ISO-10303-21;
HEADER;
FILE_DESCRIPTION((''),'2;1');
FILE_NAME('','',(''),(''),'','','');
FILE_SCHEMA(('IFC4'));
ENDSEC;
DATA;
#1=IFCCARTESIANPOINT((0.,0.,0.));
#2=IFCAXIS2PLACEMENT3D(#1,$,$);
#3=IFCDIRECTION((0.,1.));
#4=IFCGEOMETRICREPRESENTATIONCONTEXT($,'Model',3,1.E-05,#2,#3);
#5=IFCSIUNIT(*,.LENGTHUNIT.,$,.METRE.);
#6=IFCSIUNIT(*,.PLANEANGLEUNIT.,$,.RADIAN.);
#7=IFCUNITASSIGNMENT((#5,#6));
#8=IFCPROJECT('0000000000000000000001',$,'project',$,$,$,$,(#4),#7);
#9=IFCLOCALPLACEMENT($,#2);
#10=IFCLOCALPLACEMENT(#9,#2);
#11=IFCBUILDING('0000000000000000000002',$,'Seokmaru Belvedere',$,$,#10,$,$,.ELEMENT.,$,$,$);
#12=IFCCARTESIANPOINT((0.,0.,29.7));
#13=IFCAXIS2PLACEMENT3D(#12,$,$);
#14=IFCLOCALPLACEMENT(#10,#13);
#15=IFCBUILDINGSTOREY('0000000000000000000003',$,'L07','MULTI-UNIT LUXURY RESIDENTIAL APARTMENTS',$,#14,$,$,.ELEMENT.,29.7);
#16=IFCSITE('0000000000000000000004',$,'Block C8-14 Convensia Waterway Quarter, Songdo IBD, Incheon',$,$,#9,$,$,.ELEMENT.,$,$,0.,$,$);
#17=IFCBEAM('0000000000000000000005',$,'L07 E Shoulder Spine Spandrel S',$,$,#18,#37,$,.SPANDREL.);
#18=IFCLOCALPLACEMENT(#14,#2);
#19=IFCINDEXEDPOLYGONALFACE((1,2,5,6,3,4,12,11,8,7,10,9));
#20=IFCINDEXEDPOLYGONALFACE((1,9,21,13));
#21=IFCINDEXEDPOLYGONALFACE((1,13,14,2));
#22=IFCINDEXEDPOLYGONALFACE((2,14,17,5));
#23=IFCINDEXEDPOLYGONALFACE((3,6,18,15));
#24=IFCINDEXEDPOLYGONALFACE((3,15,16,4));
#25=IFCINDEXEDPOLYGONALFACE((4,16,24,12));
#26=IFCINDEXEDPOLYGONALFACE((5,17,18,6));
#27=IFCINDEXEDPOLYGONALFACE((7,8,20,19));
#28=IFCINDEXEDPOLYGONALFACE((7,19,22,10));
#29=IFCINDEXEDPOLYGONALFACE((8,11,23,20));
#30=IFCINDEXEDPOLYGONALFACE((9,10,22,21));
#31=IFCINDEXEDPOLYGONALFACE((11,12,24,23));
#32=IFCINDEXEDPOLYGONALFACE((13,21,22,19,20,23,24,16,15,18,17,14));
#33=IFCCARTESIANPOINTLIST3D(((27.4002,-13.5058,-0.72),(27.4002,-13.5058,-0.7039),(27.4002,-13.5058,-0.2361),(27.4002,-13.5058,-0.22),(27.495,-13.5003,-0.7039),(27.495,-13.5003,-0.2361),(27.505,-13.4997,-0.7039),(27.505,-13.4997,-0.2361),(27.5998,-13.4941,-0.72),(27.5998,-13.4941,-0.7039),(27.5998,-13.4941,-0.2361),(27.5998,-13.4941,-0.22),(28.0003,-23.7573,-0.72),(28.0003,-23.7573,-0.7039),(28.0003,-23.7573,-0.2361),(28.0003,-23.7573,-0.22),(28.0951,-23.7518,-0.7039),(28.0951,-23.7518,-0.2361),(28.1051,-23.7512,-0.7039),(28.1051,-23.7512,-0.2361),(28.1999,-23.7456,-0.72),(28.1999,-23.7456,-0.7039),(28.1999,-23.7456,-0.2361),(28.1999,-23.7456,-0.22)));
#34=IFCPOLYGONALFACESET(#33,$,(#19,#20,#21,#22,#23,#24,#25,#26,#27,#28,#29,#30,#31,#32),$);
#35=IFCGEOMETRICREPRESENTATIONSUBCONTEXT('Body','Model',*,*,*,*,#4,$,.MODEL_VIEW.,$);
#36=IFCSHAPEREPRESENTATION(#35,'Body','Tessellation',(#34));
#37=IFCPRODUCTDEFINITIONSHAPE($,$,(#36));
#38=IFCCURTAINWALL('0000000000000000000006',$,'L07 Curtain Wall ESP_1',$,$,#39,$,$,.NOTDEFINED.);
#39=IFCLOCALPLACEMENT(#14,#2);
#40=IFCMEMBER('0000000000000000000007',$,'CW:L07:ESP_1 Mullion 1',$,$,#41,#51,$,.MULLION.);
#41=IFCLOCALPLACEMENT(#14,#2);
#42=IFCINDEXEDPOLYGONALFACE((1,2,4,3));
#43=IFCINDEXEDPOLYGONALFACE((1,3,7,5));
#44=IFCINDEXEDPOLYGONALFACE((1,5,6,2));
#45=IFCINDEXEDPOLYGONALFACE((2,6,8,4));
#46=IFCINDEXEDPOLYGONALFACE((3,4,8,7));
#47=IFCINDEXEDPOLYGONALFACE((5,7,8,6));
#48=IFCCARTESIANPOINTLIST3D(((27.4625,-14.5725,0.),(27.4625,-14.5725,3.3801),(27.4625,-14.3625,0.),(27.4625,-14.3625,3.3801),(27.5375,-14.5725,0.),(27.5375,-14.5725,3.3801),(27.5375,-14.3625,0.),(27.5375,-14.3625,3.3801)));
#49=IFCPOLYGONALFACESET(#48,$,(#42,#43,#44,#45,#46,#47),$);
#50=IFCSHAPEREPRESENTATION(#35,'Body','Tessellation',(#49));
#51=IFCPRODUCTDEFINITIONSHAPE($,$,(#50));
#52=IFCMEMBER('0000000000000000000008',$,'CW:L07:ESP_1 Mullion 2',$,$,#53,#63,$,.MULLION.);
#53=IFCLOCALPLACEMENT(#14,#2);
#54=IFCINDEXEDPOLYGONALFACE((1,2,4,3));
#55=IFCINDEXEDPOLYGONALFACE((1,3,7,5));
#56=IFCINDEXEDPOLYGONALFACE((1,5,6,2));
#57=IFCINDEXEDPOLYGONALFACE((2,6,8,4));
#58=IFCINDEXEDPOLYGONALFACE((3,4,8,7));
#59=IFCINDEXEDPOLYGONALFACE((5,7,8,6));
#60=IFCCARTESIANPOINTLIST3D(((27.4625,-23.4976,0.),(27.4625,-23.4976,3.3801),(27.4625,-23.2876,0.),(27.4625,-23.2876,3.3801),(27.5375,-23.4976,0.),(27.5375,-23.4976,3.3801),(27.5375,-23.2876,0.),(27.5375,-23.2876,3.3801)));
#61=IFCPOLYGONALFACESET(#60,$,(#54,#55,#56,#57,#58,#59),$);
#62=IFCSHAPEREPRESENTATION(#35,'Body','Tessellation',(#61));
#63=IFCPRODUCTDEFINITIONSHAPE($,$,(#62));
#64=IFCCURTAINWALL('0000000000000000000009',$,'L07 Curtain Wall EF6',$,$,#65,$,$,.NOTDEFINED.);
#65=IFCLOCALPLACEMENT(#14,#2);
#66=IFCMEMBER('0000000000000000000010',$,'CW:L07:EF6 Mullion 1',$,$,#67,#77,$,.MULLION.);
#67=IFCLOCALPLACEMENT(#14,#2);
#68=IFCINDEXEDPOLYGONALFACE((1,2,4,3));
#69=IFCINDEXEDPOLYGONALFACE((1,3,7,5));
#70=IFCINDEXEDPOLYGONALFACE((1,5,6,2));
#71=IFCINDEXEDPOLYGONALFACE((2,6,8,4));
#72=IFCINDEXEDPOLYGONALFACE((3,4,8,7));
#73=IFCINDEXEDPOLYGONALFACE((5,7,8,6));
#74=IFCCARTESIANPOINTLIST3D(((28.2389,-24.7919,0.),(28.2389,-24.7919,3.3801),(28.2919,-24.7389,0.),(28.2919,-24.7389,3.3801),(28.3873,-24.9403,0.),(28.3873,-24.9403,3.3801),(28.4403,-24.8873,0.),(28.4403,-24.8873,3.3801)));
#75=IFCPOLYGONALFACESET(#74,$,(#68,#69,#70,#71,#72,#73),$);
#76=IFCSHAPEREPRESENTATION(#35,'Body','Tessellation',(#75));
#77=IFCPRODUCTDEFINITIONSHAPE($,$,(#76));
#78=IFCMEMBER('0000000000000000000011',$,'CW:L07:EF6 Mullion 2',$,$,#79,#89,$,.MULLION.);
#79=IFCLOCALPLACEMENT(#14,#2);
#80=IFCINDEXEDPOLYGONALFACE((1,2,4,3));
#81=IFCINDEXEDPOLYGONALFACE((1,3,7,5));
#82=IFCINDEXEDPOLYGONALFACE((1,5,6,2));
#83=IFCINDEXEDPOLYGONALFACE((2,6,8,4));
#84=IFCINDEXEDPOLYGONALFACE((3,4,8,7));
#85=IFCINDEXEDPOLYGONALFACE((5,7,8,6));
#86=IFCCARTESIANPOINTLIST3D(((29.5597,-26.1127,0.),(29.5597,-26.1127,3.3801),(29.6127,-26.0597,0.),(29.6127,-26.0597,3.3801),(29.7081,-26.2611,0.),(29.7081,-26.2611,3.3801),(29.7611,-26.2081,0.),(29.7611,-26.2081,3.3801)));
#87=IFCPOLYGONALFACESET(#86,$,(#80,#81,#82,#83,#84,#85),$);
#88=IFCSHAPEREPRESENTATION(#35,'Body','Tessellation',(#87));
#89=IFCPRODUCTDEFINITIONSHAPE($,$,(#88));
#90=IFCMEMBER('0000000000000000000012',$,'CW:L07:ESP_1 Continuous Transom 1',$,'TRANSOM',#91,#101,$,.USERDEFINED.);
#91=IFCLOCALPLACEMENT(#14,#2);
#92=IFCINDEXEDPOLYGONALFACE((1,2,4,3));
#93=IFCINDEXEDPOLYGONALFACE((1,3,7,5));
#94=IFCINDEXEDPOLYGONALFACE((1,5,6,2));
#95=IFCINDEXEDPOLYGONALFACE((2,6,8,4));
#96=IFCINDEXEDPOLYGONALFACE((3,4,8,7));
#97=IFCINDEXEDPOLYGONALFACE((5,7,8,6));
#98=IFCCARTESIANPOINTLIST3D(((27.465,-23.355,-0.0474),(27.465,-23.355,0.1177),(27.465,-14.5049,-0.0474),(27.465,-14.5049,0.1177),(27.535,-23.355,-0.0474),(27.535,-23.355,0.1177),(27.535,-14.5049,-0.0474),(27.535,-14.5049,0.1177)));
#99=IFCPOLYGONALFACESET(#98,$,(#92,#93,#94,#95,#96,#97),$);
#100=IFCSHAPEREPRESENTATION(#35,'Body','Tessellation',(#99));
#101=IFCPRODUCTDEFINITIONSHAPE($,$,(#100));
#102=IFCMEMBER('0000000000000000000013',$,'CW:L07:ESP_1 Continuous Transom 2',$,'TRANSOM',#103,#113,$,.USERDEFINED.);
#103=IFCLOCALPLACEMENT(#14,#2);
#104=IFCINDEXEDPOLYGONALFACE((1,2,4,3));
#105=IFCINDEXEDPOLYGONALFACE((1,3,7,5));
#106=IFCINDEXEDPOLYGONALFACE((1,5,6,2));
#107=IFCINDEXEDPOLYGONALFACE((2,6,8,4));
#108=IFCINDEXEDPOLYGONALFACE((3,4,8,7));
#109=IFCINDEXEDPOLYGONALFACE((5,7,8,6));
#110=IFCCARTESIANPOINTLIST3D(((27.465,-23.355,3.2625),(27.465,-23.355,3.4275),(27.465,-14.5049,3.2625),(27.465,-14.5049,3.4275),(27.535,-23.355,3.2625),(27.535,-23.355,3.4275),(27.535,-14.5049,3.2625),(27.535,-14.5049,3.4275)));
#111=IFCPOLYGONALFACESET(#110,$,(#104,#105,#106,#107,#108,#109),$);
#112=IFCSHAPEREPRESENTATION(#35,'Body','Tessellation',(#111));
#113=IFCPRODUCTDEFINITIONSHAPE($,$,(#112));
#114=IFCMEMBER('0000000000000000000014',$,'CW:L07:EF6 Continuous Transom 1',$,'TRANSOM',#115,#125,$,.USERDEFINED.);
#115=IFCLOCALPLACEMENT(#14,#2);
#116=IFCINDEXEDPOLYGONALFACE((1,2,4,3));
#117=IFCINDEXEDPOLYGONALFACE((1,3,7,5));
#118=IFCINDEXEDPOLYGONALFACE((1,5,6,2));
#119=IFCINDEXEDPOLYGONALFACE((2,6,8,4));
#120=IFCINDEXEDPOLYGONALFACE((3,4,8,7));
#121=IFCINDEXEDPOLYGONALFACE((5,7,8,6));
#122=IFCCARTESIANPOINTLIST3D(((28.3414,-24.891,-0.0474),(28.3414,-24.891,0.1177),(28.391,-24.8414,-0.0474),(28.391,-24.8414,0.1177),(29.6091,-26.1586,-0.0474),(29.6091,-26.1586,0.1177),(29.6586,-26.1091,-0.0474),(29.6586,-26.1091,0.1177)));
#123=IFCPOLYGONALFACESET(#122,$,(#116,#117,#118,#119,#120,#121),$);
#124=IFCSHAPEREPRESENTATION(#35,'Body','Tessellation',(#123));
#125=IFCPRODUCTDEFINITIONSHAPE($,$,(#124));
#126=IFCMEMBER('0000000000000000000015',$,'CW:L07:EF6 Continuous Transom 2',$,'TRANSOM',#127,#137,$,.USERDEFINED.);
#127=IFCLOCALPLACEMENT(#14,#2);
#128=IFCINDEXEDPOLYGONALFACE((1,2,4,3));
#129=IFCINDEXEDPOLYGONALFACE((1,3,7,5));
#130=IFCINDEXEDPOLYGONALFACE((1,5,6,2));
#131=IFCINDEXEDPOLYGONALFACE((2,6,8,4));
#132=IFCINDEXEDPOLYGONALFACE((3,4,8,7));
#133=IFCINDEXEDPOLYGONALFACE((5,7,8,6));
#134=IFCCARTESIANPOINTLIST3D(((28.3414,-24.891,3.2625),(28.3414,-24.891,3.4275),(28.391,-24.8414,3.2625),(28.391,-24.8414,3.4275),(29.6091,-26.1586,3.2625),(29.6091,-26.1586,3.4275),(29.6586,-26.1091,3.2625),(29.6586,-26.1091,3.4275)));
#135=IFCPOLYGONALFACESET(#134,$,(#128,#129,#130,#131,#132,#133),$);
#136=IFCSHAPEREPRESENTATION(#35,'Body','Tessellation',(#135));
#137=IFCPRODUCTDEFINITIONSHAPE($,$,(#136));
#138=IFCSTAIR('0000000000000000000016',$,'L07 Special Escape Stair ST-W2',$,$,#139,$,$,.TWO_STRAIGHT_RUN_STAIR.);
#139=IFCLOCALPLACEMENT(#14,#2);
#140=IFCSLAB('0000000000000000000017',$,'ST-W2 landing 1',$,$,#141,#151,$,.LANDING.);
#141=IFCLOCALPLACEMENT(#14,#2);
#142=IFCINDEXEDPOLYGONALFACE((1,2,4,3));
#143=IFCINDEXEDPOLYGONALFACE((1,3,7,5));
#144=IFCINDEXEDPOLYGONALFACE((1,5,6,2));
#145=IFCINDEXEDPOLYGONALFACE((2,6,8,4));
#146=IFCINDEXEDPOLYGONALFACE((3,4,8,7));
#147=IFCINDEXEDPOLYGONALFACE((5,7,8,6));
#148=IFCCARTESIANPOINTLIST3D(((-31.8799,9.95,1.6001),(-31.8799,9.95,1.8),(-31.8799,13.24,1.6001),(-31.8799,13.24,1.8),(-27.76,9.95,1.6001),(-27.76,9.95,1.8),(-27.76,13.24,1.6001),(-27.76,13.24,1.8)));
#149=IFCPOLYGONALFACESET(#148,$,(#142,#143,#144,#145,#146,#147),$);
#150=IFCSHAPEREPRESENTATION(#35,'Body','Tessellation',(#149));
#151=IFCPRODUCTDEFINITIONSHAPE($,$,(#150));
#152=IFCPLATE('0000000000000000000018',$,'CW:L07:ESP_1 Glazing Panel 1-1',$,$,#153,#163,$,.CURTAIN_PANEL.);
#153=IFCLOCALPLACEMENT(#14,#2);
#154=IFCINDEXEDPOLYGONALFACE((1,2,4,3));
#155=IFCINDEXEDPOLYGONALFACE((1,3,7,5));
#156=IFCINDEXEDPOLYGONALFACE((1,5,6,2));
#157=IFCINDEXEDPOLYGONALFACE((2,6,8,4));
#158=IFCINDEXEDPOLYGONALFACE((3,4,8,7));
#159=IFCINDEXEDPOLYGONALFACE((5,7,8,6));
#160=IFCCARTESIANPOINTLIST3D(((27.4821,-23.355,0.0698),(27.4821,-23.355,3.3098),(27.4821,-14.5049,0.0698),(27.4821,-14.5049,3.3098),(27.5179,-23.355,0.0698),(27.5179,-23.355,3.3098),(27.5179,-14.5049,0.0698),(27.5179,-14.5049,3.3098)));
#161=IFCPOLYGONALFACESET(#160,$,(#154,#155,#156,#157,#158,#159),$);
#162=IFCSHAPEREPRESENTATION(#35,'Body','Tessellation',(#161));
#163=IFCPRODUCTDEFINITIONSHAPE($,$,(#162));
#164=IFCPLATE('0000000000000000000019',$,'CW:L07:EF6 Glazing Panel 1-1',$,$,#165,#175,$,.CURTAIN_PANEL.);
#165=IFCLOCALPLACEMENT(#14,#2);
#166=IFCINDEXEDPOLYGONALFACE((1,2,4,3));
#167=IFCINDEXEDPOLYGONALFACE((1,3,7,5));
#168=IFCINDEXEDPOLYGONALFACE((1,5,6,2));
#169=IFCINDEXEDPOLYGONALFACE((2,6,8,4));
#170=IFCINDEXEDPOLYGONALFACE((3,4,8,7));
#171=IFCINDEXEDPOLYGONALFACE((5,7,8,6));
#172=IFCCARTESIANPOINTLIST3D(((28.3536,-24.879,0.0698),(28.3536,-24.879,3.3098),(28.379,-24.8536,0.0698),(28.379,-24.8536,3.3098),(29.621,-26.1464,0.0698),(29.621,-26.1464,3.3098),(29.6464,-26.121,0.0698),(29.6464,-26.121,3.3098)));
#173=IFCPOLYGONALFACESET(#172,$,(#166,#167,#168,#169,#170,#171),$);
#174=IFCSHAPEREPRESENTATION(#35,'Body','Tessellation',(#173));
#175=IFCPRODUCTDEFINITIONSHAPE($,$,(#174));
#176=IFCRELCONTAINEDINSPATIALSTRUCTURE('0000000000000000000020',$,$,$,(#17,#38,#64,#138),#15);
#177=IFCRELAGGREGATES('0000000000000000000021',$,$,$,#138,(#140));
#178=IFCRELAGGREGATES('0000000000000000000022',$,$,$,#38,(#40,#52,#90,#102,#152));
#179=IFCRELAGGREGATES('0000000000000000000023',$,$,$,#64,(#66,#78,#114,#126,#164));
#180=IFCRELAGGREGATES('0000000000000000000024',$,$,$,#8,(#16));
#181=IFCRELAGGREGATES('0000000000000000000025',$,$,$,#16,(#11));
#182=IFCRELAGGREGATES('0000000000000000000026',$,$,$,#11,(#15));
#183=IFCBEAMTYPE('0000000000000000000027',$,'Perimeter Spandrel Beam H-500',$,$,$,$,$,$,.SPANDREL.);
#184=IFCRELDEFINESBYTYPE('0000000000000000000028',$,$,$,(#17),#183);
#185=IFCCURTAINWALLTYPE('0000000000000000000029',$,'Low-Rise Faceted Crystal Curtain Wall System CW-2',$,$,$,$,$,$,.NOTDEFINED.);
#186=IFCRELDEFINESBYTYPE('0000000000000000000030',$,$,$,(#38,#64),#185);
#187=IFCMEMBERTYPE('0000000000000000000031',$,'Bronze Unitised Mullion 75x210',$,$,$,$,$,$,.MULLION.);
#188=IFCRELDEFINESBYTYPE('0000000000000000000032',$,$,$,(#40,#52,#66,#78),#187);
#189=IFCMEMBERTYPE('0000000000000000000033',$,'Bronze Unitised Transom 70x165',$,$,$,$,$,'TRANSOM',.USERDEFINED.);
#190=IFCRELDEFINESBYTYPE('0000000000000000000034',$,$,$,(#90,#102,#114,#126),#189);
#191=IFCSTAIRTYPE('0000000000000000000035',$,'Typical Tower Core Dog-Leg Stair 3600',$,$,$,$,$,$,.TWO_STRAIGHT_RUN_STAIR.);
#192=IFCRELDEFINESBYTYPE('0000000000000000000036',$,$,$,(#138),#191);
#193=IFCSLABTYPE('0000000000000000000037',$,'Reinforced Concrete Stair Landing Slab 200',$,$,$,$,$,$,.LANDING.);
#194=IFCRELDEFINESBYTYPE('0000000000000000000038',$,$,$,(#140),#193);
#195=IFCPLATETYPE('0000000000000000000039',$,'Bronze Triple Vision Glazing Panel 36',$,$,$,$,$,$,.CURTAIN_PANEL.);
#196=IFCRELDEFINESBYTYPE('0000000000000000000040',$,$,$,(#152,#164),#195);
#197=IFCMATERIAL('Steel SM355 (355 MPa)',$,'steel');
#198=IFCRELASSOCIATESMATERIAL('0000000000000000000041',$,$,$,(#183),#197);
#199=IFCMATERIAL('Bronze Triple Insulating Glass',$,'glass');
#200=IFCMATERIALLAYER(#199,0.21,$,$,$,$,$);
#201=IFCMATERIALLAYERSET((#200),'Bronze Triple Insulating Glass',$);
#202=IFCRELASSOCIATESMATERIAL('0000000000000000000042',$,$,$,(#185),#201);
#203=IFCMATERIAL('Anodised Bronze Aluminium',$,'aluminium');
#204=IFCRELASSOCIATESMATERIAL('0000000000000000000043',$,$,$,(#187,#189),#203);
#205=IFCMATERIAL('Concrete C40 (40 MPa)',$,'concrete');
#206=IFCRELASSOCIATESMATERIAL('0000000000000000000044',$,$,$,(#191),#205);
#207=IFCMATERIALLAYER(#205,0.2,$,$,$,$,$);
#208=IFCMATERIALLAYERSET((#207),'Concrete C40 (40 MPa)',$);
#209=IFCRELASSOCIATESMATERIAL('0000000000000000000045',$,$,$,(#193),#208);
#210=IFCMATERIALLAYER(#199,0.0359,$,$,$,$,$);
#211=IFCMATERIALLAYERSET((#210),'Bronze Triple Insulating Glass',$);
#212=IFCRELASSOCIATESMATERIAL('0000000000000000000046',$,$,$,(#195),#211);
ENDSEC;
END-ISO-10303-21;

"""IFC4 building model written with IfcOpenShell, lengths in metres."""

from ifc_helpers import new_model, si_unit, direction, frame, origin, origin_2d, place, context, subcontext, project, spatial, polyline, rectangle, i_section, outline, extrude, source, transform, mapped, material, layer, layer_set, material_profile, profile_set, type_object, type_shapes, element, aggregate, save


model = new_model("IFC4")

# Units and contexts
model_context = context("Model", 3, precision=1e-05, world=origin(), true_north=direction((0.0, 1.0)))
body_context = subcontext(model_context, "Body", "Model", "MODEL_VIEW")
ifc_project = project(units=[si_unit("LENGTHUNIT", "METRE"), si_unit("PLANEANGLEUNIT", "RADIAN")], contexts=[model_context])

# Site, building, storey
site_placement = place(None, origin())
site = spatial("IfcSite", under=ifc_project, at=site_placement, Name="Block C8-14 Convensia Waterway Quarter, Songdo IBD, Incheon", CompositionType="ELEMENT", RefElevation=0.0)
building_placement = place(site_placement, origin())
building = spatial("IfcBuilding", under=site, at=building_placement, Name="Seokmaru Belvedere", CompositionType="ELEMENT")
storey_placement = place(building_placement, frame((0.0, 0.0, 29.7)))
storey = spatial("IfcBuildingStorey", under=building, at=storey_placement, Name="L07", Description="MULTI-UNIT LUXURY RESIDENTIAL APARTMENTS", CompositionType="ELEMENT", Elevation=29.7)

# Shared definitions
ifc_material_1 = material(Name="Steel SM355 (355 MPa)", Category="steel")

# Beam
ifc_material_profile_1 = material_profile(ifc_material_1, i_section(OverallWidth=0.2, OverallDepth=0.5, WebThickness=0.01, FlangeThickness=0.0161, at=origin_2d()), Name="H-500x200x10x16")
ifc_profile_set_1 = profile_set([ifc_material_profile_1], Name="Steel SM355 (355 MPa)")
beam_type_1 = type_object("IfcBeamType", Name="Perimeter Spandrel Beam H-500", PredefinedType="SPANDREL", material=ifc_profile_set_1)
shared_shape_1 = source(origin(), body_context, "Body", "SweptSolid", [
    extrude(i_section(OverallWidth=0.2, OverallDepth=0.5, WebThickness=0.01, FlangeThickness=0.0161, at=origin_2d()), origin(), (0.0, 0.0, 1.0), 10.269),
])
beam_1_placement = place(storey_placement, frame((28.1001, -23.7515, -0.47), z_axis=(-0.058438, 0.998291, 0.0), x_axis=(-0.998291, -0.058438, 0.0)))
element("IfcBeam", 1, at=beam_1_placement, inside=storey, type_object=beam_type_1, Name="L07 E Shoulder Spine Spandrel S", PredefinedType="SPANDREL", context=body_context, shape_type="MappedRepresentation", body=[
    mapped(shared_shape_1, transform((0.0, 0.0, 0.0), scale=1.0)),
])

# Curtain walls, members
ifc_material_2 = material(Name="Bronze Triple Insulating Glass", Category="glass")
ifc_layer_1 = layer(ifc_material_2, 0.21)
ifc_layer_set_1 = layer_set([ifc_layer_1], Name="Bronze Triple Insulating Glass")
curtain_wall_type = type_object("IfcCurtainWallType", Name="Low-Rise Faceted Crystal Curtain Wall System CW-2", PredefinedType="NOTDEFINED", material=ifc_layer_set_1)
curtain_wall_1_placement = place(storey_placement, origin())
curtain_wall_1 = element("IfcCurtainWall", 2, at=curtain_wall_1_placement, inside=storey, type_object=curtain_wall_type, Name="L07 Curtain Wall ESP_1", PredefinedType="NOTDEFINED")
ifc_material_3 = material(Name="Anodised Bronze Aluminium", Category="aluminium")
ifc_material_profile_2 = material_profile(ifc_material_3, rectangle(XDim=0.075, YDim=0.21, at=origin_2d()), Name="CW-M-75x210")
ifc_profile_set_2 = profile_set([ifc_material_profile_2], Name="Anodised Bronze Aluminium")
member_type_1 = type_object("IfcMemberType", Name="Bronze Unitised Mullion 75x210", PredefinedType="MULLION", material=ifc_profile_set_2)
shared_shape_2 = source(origin(), body_context, "Body", "SweptSolid", [
    extrude(rectangle(XDim=0.075, YDim=0.21, at=origin_2d()), origin(), (0.0, 0.0, 1.0), 3.3801),
])
type_shapes(member_type_1, [shared_shape_2])
member_1_placement = place(storey_placement, frame((27.5, -14.4675, 0.0), z_axis=(0.0, 0.0, 1.0), x_axis=(1.0, 0.0, 0.0)))
member_1 = element("IfcMember", 3, at=member_1_placement, type_object=member_type_1, Name="CW:L07:ESP_1 Mullion 1", PredefinedType="MULLION", context=body_context, shape_type="MappedRepresentation", body=[
    mapped(shared_shape_2, transform((0.0, 0.0, 0.0), scale=1.0)),
])
member_2_placement = place(storey_placement, frame((27.5, -23.3926, 0.0), z_axis=(0.0, 0.0, 1.0), x_axis=(1.0, 0.0, 0.0)))
member_2 = element("IfcMember", 4, at=member_2_placement, type_object=member_type_1, Name="CW:L07:ESP_1 Mullion 2", PredefinedType="MULLION", context=body_context, shape_type="MappedRepresentation", body=[
    mapped(shared_shape_2, transform((0.0, 0.0, 0.0), scale=1.0)),
])
curtain_wall_2_placement = place(storey_placement, origin())
curtain_wall_2 = element("IfcCurtainWall", 5, at=curtain_wall_2_placement, inside=storey, type_object=curtain_wall_type, Name="L07 Curtain Wall EF6", PredefinedType="NOTDEFINED")
member_3_placement = place(storey_placement, frame((28.3396, -24.8396, 0.0), z_axis=(0.0, 0.0, 1.0), x_axis=(0.707107, 0.707107, 0.0)))
member_3 = element("IfcMember", 6, at=member_3_placement, type_object=member_type_1, Name="CW:L07:EF6 Mullion 1", PredefinedType="MULLION", context=body_context, shape_type="MappedRepresentation", body=[
    mapped(shared_shape_2, transform((0.0, 0.0, 0.0), scale=1.0)),
])
member_4_placement = place(storey_placement, frame((29.6604, -26.1604, 0.0), z_axis=(0.0, 0.0, 1.0), x_axis=(0.707107, 0.707107, 0.0)))
member_4 = element("IfcMember", 7, at=member_4_placement, type_object=member_type_1, Name="CW:L07:EF6 Mullion 2", PredefinedType="MULLION", context=body_context, shape_type="MappedRepresentation", body=[
    mapped(shared_shape_2, transform((0.0, 0.0, 0.0), scale=1.0)),
])

# Members
ifc_material_profile_3 = material_profile(ifc_material_3, rectangle(XDim=0.0701, YDim=0.165, at=origin_2d()), Name="CW-T-70x165")
ifc_profile_set_3 = profile_set([ifc_material_profile_3], Name="Anodised Bronze Aluminium")
member_type_2 = type_object("IfcMemberType", Name="Bronze Unitised Transom 70x165", ElementType="TRANSOM", PredefinedType="USERDEFINED", material=ifc_profile_set_3)
shared_shape_3 = source(origin(), body_context, "Body", "SweptSolid", [
    extrude(rectangle(XDim=0.0701, YDim=0.165, at=origin_2d()), origin(), (0.0, 0.0, 1.0), 8.8501),
])
member_5_placement = place(storey_placement, frame((27.5, -14.5049, 0.0352), z_axis=(0.0, -1.0, 0.0), x_axis=(1.0, 0.0, 0.0)))
member_5 = element("IfcMember", 8, at=member_5_placement, type_object=member_type_2, Name="CW:L07:ESP_1 Continuous Transom 1", ObjectType="TRANSOM", PredefinedType="USERDEFINED", context=body_context, shape_type="MappedRepresentation", body=[
    mapped(shared_shape_3, transform((0.0, 0.0, 0.0), scale=1.0)),
])
member_6_placement = place(storey_placement, frame((27.5, -14.5049, 3.345), z_axis=(0.0, -1.0, 0.0), x_axis=(1.0, 0.0, 0.0)))
member_6 = element("IfcMember", 9, at=member_6_placement, type_object=member_type_2, Name="CW:L07:ESP_1 Continuous Transom 2", ObjectType="TRANSOM", PredefinedType="USERDEFINED", context=body_context, shape_type="MappedRepresentation", body=[
    mapped(shared_shape_3, transform((0.0, 0.0, 0.0), scale=1.0)),
])
shared_shape_4 = source(origin(), body_context, "Body", "SweptSolid", [
    extrude(rectangle(XDim=0.0701, YDim=0.165, at=origin_2d()), origin(), (0.0, 0.0, 1.0), 1.7927),
])
type_shapes(member_type_2, [shared_shape_3, shared_shape_4])
member_7_placement = place(storey_placement, frame((28.3662, -24.8662, 0.0352), z_axis=(0.707107, -0.707107, 0.0), x_axis=(0.707107, 0.707107, 0.0)))
member_7 = element("IfcMember", 10, at=member_7_placement, type_object=member_type_2, Name="CW:L07:EF6 Continuous Transom 1", ObjectType="TRANSOM", PredefinedType="USERDEFINED", context=body_context, shape_type="MappedRepresentation", body=[
    mapped(shared_shape_4, transform((0.0, 0.0, 0.0), scale=1.0)),
])
member_8_placement = place(storey_placement, frame((28.3662, -24.8662, 3.345), z_axis=(0.707107, -0.707107, 0.0), x_axis=(0.707107, 0.707107, 0.0)))
member_8 = element("IfcMember", 11, at=member_8_placement, type_object=member_type_2, Name="CW:L07:EF6 Continuous Transom 2", ObjectType="TRANSOM", PredefinedType="USERDEFINED", context=body_context, shape_type="MappedRepresentation", body=[
    mapped(shared_shape_4, transform((0.0, 0.0, 0.0), scale=1.0)),
])

# Stair, slab
ifc_material_4 = material(Name="Concrete C40 (40 MPa)", Category="concrete")
stair_type = type_object("IfcStairType", Name="Typical Tower Core Dog-Leg Stair 3600", PredefinedType="TWO_STRAIGHT_RUN_STAIR", material=ifc_material_4)
stair_placement = place(storey_placement, origin())
stair = element("IfcStair", 12, at=stair_placement, inside=storey, type_object=stair_type, Name="L07 Special Escape Stair ST-W2", PredefinedType="TWO_STRAIGHT_RUN_STAIR")
ifc_layer_2 = layer(ifc_material_4, 0.2)
ifc_layer_set_2 = layer_set([ifc_layer_2], Name="Concrete C40 (40 MPa)")
slab_type = type_object("IfcSlabType", Name="Reinforced Concrete Stair Landing Slab 200", PredefinedType="LANDING", material=ifc_layer_set_2)
slab_placement = place(storey_placement, frame((0.0, 0.0, 1.6001)))
slab = element("IfcSlab", 13, at=slab_placement, type_object=slab_type, Name="ST-W2 landing 1", PredefinedType="LANDING", context=body_context, shape_type="SweptSolid", body=[
    extrude(outline(polyline([(-31.8799, 9.95), (-27.76, 9.95), (-27.76, 13.24), (-31.8799, 13.24), (-31.8799, 9.95)])), origin(), (0.0, 0.0, 1.0), 0.2),
])
aggregate(stair, [slab])

# Plates
ifc_layer_3 = layer(ifc_material_2, 0.0359)
ifc_layer_set_3 = layer_set([ifc_layer_3], Name="Bronze Triple Insulating Glass")
plate_type = type_object("IfcPlateType", Name="Bronze Triple Vision Glazing Panel 36", PredefinedType="CURTAIN_PANEL", material=ifc_layer_set_3)
shared_shape_5 = source(origin(), body_context, "Body", "SweptSolid", [
    extrude(rectangle(XDim=8.8501, YDim=0.0359, at=origin_2d()), origin(), (0.0, 0.0, 1.0), 3.24),
])
plate_1_placement = place(storey_placement, frame((27.5, -18.9299, 0.0698), z_axis=(0.0, 0.0, 1.0), x_axis=(0.0, -1.0, 0.0)))
plate_1 = element("IfcPlate", 14, at=plate_1_placement, type_object=plate_type, Name="CW:L07:ESP_1 Glazing Panel 1-1", PredefinedType="CURTAIN_PANEL", context=body_context, shape_type="MappedRepresentation", body=[
    mapped(shared_shape_5, transform((0.0, 0.0, 0.0), scale=1.0)),
])
aggregate(curtain_wall_1, [member_1, member_2, member_5, member_6, plate_1])
shared_shape_6 = source(origin(), body_context, "Body", "SweptSolid", [
    extrude(rectangle(XDim=1.7925, YDim=0.0359, at=origin_2d()), origin(), (0.0, 0.0, 1.0), 3.24),
])
type_shapes(plate_type, [shared_shape_5, shared_shape_6])
plate_2_placement = place(storey_placement, frame((29.0, -25.5, 0.0698), z_axis=(0.0, 0.0, 1.0), x_axis=(0.707107, -0.707107, 0.0)))
plate_2 = element("IfcPlate", 15, at=plate_2_placement, type_object=plate_type, Name="CW:L07:EF6 Glazing Panel 1-1", PredefinedType="CURTAIN_PANEL", context=body_context, shape_type="MappedRepresentation", body=[
    mapped(shared_shape_6, transform((0.0, 0.0, 0.0), scale=1.0)),
])
aggregate(curtain_wall_2, [member_3, member_4, member_7, member_8, plate_2])

save(model, "model.ifc")
